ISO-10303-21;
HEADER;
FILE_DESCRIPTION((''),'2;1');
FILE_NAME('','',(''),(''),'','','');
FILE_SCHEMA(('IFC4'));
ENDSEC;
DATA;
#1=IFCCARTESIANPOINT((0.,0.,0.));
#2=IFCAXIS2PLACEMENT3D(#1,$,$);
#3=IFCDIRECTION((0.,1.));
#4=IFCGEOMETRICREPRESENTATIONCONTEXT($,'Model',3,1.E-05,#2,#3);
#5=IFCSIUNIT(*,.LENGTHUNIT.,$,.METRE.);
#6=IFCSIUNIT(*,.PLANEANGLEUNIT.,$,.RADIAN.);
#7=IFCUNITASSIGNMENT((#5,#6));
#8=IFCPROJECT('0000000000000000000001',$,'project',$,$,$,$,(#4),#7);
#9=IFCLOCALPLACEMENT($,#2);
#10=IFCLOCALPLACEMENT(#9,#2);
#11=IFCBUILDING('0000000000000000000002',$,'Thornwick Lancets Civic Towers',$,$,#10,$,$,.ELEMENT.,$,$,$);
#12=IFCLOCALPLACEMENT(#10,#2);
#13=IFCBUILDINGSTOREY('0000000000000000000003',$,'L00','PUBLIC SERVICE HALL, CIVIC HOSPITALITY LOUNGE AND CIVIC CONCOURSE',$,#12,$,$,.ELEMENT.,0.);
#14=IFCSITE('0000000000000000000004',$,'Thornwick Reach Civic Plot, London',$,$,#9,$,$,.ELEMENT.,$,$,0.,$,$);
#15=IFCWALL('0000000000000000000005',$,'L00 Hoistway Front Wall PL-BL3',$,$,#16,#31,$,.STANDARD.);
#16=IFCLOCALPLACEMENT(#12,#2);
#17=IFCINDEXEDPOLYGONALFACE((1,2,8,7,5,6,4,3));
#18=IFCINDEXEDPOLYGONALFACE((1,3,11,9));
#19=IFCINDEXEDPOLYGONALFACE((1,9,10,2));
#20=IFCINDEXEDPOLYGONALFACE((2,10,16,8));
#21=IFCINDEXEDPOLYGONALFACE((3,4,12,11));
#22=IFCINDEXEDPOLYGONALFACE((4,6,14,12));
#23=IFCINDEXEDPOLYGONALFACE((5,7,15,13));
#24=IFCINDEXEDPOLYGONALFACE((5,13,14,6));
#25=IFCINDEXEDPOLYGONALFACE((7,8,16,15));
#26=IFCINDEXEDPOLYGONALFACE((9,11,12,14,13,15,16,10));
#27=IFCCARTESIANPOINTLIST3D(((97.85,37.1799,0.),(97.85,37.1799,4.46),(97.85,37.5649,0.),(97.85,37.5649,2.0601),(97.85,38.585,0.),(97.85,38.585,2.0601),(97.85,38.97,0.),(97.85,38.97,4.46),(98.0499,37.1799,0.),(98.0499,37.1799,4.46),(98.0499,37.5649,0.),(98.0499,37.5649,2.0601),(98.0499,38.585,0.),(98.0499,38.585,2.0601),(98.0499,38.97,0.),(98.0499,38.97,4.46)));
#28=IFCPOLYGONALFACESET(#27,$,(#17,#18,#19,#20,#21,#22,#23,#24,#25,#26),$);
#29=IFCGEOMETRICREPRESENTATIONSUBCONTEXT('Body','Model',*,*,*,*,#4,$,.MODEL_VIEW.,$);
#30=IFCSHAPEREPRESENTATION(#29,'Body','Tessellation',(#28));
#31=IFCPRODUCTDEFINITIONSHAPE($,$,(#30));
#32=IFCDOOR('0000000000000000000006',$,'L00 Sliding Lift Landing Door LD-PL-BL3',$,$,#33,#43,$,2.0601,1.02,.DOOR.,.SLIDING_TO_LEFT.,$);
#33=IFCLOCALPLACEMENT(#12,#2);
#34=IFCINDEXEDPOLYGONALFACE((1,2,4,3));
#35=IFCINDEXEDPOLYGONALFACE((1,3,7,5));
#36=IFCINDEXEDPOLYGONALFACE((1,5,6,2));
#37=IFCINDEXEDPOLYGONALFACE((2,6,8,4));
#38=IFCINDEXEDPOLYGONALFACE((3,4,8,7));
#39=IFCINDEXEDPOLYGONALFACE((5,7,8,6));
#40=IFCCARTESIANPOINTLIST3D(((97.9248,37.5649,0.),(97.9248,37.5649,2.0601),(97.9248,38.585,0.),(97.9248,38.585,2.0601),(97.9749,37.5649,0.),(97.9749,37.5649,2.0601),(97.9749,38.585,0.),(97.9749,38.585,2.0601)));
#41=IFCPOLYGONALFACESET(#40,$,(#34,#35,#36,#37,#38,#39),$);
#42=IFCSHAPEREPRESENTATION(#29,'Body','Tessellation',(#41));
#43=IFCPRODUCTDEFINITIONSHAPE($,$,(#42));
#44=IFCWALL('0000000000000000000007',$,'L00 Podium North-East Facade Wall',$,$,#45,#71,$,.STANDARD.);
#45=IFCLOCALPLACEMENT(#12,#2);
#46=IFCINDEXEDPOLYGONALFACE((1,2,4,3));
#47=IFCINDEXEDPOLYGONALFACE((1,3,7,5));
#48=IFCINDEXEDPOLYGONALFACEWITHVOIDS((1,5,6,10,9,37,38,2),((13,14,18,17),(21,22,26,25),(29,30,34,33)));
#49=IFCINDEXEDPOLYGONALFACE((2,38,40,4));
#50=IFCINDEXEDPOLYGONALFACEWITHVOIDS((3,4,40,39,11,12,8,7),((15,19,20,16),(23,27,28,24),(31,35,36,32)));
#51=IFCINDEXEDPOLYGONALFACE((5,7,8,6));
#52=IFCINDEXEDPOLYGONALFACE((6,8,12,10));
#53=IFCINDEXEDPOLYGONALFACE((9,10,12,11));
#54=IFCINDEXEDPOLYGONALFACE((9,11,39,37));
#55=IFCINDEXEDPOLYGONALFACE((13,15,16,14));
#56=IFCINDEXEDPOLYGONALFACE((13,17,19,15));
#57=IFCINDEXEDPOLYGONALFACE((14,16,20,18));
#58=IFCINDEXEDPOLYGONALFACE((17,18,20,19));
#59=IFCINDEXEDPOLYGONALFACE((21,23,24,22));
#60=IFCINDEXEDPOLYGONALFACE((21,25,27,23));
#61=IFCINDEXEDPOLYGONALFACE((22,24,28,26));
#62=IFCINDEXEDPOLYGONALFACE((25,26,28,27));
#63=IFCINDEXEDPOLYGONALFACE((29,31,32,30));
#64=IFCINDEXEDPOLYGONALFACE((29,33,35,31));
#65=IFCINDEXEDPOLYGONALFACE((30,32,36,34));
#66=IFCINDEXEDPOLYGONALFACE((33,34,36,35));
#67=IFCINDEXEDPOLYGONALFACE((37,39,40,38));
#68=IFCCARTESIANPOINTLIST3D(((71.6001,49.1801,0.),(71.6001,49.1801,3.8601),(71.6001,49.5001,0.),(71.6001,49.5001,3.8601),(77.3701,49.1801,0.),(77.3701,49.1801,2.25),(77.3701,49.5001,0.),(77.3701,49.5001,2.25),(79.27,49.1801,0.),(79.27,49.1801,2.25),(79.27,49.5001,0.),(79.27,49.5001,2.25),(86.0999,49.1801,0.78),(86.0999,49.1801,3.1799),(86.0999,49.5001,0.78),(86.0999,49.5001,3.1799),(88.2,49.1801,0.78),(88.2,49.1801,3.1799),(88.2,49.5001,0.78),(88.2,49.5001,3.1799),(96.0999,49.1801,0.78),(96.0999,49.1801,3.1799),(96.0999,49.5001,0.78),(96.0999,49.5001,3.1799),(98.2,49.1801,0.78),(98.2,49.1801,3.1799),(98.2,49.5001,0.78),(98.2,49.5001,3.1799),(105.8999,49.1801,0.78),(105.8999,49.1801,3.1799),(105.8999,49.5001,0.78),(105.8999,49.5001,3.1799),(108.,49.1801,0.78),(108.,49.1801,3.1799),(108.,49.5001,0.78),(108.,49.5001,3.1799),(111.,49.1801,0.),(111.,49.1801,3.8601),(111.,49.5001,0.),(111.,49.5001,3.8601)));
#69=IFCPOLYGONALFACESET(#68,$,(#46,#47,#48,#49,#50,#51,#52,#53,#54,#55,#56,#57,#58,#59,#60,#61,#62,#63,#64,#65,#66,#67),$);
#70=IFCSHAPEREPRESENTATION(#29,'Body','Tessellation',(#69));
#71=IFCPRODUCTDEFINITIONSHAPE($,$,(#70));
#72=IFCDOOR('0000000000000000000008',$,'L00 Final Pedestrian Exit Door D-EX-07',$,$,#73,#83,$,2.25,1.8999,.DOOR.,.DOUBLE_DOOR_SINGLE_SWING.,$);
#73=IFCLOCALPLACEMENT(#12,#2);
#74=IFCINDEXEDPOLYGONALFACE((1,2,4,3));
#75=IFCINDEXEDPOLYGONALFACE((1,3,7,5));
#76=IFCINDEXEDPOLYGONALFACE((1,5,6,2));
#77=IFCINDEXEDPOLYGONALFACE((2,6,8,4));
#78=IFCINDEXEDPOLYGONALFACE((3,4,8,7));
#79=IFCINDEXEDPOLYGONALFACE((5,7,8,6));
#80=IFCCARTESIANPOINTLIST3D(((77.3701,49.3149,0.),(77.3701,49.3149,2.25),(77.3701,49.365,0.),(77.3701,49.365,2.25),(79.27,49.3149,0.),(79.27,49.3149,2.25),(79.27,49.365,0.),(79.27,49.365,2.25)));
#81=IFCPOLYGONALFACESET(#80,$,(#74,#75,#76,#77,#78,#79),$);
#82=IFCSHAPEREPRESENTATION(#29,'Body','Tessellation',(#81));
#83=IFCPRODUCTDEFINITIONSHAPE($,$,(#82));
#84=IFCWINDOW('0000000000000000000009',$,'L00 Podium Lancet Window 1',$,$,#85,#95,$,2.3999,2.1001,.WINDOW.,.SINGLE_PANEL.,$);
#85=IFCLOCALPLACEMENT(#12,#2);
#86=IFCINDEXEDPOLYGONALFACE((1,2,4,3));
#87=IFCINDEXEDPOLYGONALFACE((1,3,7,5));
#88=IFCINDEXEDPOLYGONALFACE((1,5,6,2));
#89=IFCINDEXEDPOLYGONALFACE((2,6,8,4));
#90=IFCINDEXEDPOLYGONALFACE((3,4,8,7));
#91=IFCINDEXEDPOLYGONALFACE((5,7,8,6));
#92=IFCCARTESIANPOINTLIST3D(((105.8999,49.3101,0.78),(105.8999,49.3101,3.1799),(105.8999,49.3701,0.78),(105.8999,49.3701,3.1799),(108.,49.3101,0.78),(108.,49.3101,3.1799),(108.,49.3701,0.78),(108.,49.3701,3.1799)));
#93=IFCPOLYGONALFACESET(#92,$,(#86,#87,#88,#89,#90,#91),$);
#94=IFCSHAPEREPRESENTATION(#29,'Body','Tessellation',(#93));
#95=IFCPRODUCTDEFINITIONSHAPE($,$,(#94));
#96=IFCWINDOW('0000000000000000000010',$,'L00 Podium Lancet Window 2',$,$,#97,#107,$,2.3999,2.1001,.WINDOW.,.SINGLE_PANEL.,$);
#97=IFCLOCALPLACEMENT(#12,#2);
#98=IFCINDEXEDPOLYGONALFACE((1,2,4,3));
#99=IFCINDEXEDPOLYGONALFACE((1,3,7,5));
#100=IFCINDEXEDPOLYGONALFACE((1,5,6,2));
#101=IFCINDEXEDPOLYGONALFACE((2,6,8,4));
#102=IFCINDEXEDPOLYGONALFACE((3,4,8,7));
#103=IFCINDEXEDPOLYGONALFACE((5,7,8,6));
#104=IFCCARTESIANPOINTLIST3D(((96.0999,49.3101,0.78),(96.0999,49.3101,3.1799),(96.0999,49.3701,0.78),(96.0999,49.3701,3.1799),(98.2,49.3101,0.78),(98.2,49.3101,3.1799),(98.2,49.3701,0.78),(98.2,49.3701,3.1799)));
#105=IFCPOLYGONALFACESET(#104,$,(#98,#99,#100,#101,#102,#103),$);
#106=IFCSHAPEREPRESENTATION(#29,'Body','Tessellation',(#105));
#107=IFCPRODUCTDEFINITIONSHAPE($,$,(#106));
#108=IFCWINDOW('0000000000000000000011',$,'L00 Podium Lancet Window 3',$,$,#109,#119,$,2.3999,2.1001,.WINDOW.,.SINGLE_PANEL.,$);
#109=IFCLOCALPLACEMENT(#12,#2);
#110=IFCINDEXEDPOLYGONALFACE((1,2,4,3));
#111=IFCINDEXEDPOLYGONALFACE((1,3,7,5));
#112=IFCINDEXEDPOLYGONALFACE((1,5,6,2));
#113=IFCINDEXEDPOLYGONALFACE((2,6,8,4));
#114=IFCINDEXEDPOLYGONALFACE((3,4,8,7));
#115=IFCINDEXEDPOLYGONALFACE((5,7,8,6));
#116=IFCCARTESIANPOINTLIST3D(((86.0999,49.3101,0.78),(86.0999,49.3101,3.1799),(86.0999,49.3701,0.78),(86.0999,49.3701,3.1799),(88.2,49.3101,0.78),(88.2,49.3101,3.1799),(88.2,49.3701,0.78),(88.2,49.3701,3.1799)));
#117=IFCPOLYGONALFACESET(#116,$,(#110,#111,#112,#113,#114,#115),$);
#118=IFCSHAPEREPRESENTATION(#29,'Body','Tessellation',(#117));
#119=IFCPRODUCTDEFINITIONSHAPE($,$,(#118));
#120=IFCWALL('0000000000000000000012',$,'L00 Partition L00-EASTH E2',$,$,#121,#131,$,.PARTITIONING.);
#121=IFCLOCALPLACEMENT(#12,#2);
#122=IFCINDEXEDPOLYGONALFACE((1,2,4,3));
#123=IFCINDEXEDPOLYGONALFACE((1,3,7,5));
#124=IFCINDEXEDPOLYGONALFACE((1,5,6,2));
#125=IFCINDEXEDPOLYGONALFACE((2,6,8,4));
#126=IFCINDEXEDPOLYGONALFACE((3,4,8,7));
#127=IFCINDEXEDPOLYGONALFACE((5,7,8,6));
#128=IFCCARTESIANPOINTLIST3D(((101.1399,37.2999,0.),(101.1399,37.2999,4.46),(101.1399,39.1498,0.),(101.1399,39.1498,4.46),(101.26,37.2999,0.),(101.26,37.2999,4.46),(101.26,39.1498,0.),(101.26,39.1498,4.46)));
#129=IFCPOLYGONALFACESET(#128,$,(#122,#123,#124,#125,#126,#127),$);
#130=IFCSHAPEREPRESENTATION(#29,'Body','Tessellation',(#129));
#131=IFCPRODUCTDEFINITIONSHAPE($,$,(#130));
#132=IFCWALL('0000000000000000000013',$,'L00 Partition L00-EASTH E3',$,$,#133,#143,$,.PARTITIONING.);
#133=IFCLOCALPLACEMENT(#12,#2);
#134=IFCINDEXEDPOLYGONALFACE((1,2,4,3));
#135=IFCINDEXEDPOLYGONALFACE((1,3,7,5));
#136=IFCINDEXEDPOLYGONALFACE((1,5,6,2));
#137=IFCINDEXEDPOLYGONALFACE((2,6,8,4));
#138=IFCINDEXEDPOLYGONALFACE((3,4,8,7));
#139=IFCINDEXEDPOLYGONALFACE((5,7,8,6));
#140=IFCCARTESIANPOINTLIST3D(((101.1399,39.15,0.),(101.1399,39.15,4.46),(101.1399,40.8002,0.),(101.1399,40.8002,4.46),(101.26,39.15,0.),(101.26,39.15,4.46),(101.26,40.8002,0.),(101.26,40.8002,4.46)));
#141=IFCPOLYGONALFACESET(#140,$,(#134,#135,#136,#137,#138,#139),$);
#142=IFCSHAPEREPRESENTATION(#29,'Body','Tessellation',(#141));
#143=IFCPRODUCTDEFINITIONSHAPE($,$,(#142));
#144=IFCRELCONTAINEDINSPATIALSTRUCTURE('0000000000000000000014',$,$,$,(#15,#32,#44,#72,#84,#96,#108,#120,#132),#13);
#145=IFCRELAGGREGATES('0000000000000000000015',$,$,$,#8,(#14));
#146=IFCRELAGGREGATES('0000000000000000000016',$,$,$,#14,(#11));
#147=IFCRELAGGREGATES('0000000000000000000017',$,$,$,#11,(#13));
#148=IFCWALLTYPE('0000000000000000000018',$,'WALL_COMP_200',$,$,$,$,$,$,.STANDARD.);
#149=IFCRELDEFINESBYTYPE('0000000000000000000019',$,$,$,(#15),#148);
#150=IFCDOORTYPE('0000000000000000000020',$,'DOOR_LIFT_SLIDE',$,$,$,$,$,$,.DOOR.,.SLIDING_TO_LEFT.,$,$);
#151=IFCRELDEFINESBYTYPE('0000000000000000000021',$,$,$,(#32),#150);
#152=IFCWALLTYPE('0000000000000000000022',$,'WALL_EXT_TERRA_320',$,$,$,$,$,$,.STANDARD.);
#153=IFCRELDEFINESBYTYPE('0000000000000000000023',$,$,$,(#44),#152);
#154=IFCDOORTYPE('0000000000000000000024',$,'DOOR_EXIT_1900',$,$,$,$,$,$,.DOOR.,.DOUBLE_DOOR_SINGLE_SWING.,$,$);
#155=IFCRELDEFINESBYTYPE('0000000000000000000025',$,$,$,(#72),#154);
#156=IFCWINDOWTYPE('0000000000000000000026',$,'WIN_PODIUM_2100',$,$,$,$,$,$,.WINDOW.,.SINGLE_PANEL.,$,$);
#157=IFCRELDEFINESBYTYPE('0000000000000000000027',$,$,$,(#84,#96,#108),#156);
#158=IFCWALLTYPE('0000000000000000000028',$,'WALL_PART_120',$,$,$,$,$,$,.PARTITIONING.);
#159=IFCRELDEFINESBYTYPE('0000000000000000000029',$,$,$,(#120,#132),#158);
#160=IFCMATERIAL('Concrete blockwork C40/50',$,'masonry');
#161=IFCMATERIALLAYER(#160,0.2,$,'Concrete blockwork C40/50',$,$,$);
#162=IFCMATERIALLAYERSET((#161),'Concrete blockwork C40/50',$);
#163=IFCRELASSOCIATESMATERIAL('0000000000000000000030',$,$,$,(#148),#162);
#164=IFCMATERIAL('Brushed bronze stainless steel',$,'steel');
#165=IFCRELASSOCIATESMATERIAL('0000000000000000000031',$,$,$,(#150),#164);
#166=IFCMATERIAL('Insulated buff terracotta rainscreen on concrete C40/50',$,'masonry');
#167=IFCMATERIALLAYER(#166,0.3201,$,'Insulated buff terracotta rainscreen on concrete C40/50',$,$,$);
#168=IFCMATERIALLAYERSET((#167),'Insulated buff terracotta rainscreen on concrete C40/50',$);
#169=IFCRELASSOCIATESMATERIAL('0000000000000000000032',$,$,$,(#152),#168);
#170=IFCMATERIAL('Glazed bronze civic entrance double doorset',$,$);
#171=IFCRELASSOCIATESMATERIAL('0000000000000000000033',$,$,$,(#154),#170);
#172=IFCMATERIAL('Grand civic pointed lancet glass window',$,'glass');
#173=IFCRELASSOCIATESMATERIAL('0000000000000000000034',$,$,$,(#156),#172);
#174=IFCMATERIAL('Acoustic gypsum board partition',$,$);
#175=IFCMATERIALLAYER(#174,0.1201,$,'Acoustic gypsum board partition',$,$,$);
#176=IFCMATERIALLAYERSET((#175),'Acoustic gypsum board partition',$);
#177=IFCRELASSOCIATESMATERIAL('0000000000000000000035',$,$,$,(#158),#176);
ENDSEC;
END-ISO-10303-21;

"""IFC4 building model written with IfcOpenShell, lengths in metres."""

from ifc_helpers import new_model, si_unit, direction, frame, frame_2d, origin, place, context, subcontext, project, spatial, rectangle, extrude, material, layer, layer_set, type_object, element, fill, save


model = new_model("IFC4")

# Units and contexts
model_context = context("Model", 3, precision=1e-05, world=origin(), true_north=direction((0.0, 1.0)))
body_context = subcontext(model_context, "Body", "Model", "MODEL_VIEW")
ifc_project = project(units=[si_unit("LENGTHUNIT", "METRE"), si_unit("PLANEANGLEUNIT", "RADIAN")], contexts=[model_context])

# Site, building, storey
site_placement = place(None, origin())
site = spatial("IfcSite", under=ifc_project, at=site_placement, Name="Thornwick Reach Civic Plot, London", CompositionType="ELEMENT", RefElevation=0.0)
building_placement = place(site_placement, origin())
building = spatial("IfcBuilding", under=site, at=building_placement, Name="Thornwick Lancets Civic Towers", CompositionType="ELEMENT")
storey_placement = place(building_placement, origin())
storey = spatial("IfcBuildingStorey", under=building, at=storey_placement, Name="L00", Description="PUBLIC SERVICE HALL, CIVIC HOSPITALITY LOUNGE AND CIVIC CONCOURSE", CompositionType="ELEMENT", Elevation=0.0)

# Wall, opening, door
ifc_material_1 = material(Name="Concrete blockwork C40/50", Category="masonry")
ifc_layer_1 = layer(ifc_material_1, 0.2, Name="Concrete blockwork C40/50")
ifc_layer_set_1 = layer_set([ifc_layer_1], Name="Concrete blockwork C40/50")
wall_type_1 = type_object("IfcWallType", Name="WALL_COMP_200", PredefinedType="STANDARD", material=ifc_layer_set_1)
ifc_material_2 = material(Name="Brushed bronze stainless steel", Category="steel")
door_type_1 = type_object("IfcDoorType", Name="DOOR_LIFT_SLIDE", OperationType="SLIDING_TO_LEFT", PredefinedType="DOOR", material=ifc_material_2)
wall_1_placement = place(storey_placement, frame((97.95, 38.97, 0.0), z_axis=(0.0, 0.0, 1.0), x_axis=(0.0, -1.0, 0.0)))
wall_1 = element("IfcWall", 1, at=wall_1_placement, inside=storey, type_object=wall_type_1, Name="L00 Hoistway Front Wall PL-BL3", PredefinedType="STANDARD", context=body_context, shape_type="SweptSolid", body=[
    extrude(rectangle(XDim=1.79, YDim=0.2, at=frame_2d((0.895, 0.0))), origin(), (0.0, 0.0, 1.0), 4.46),
])
opening_1_placement = place(wall_1_placement, frame((0.385, 0.0, 0.0)))
opening_1 = element("IfcOpeningElement", 2, at=opening_1_placement, cuts=wall_1, PredefinedType="OPENING", context=body_context, shape_type="SweptSolid", body=[
    extrude(rectangle(XDim=1.02, YDim=2.0601, at=frame_2d((0.51, 1.03))), frame((0.0, 0.1099, 0.0), z_axis=(0.0, -1.0, 0.0), x_axis=(1.0, 0.0, 0.0)), (0.0, 0.0, 1.0), 0.22),
])
door_1_placement = place(opening_1_placement, origin())
door_1 = element("IfcDoor", 3, at=door_1_placement, inside=storey, type_object=door_type_1, Name="L00 Sliding Lift Landing Door LD-PL-BL3", OperationType="SLIDING_TO_LEFT", OverallHeight=2.0601, OverallWidth=1.02, PredefinedType="DOOR", context=body_context, shape_type="SweptSolid", body=[
    extrude(rectangle(XDim=1.02, YDim=2.0601, at=frame_2d((0.51, 1.03))), frame((0.0, 0.0249, 0.0), z_axis=(0.0, -1.0, 0.0), x_axis=(1.0, 0.0, 0.0)), (0.0, 0.0, 1.0), 0.05),
])
fill(opening_1, door_1)

# Wall, openings, door, windows
ifc_material_3 = material(Name="Insulated buff terracotta rainscreen on concrete C40/50", Category="masonry")
ifc_layer_2 = layer(ifc_material_3, 0.3201, Name="Insulated buff terracotta rainscreen on concrete C40/50")
ifc_layer_set_2 = layer_set([ifc_layer_2], Name="Insulated buff terracotta rainscreen on concrete C40/50")
wall_type_2 = type_object("IfcWallType", Name="WALL_EXT_TERRA_320", PredefinedType="STANDARD", material=ifc_layer_set_2)
wall_2_placement = place(storey_placement, frame((111.0, 49.3401, 0.0), z_axis=(0.0, 0.0, 1.0), x_axis=(-1.0, 0.0, 0.0)))
wall_2 = element("IfcWall", 4, at=wall_2_placement, inside=storey, type_object=wall_type_2, Name="L00 Podium North-East Facade Wall", PredefinedType="STANDARD", context=body_context, shape_type="SweptSolid", body=[
    extrude(rectangle(XDim=39.3999, YDim=0.3201, at=frame_2d((19.7, 0.0))), origin(), (0.0, 0.0, 1.0), 3.8601),
])
opening_2_placement = place(wall_2_placement, frame((33.6299, 0.0, 0.0), z_axis=(0.0, 0.0, 1.0), x_axis=(-1.0, 0.0, 0.0)))
opening_2 = element("IfcOpeningElement", 5, at=opening_2_placement, cuts=wall_2, PredefinedType="OPENING", context=body_context, shape_type="SweptSolid", body=[
    extrude(rectangle(XDim=1.8999, YDim=2.25, at=frame_2d((0.95, 1.125))), frame((0.0, 0.1699, 0.0), z_axis=(0.0, -1.0, 0.0), x_axis=(1.0, 0.0, 0.0)), (0.0, 0.0, 1.0), 0.3401),
])
opening_3_placement = place(wall_2_placement, frame((3.0, 0.0, 0.78)))
opening_3 = element("IfcOpeningElement", 6, at=opening_3_placement, cuts=wall_2, PredefinedType="OPENING", context=body_context, shape_type="SweptSolid", body=[
    extrude(rectangle(XDim=2.1001, YDim=2.3999, at=frame_2d((1.05, 1.2))), frame((0.0, 0.1699, 0.0), z_axis=(0.0, -1.0, 0.0), x_axis=(1.0, 0.0, 0.0)), (0.0, 0.0, 1.0), 0.3401),
])
opening_4_placement = place(wall_2_placement, frame((12.8, 0.0, 0.78)))
opening_4 = element("IfcOpeningElement", 7, at=opening_4_placement, cuts=wall_2, PredefinedType="OPENING", context=body_context, shape_type="SweptSolid", body=[
    extrude(rectangle(XDim=2.1001, YDim=2.3999, at=frame_2d((1.05, 1.2))), frame((0.0, 0.1699, 0.0), z_axis=(0.0, -1.0, 0.0), x_axis=(1.0, 0.0, 0.0)), (0.0, 0.0, 1.0), 0.3401),
])
opening_5_placement = place(wall_2_placement, frame((22.8, 0.0, 0.78)))
opening_5 = element("IfcOpeningElement", 8, at=opening_5_placement, cuts=wall_2, PredefinedType="OPENING", context=body_context, shape_type="SweptSolid", body=[
    extrude(rectangle(XDim=2.1001, YDim=2.3999, at=frame_2d((1.05, 1.2))), frame((0.0, 0.1699, 0.0), z_axis=(0.0, -1.0, 0.0), x_axis=(1.0, 0.0, 0.0)), (0.0, 0.0, 1.0), 0.3401),
])
ifc_material_4 = material(Name="Glazed bronze civic entrance double doorset")
door_type_2 = type_object("IfcDoorType", Name="DOOR_EXIT_1900", OperationType="DOUBLE_DOOR_SINGLE_SWING", PredefinedType="DOOR", material=ifc_material_4)
door_2_placement = place(opening_2_placement, origin())
door_2 = element("IfcDoor", 9, at=door_2_placement, inside=storey, type_object=door_type_2, Name="L00 Final Pedestrian Exit Door D-EX-07", OperationType="DOUBLE_DOOR_SINGLE_SWING", OverallHeight=2.25, OverallWidth=1.8999, PredefinedType="DOOR", context=body_context, shape_type="SweptSolid", body=[
    extrude(rectangle(XDim=1.8999, YDim=2.25, at=frame_2d((0.95, 1.125))), frame((0.0, 0.0249, 0.0), z_axis=(0.0, -1.0, 0.0), x_axis=(1.0, 0.0, 0.0)), (0.0, 0.0, 1.0), 0.05),
])
fill(opening_2, door_2)
ifc_material_5 = material(Name="Grand civic pointed lancet glass window", Category="glass")
window_type = type_object("IfcWindowType", Name="WIN_PODIUM_2100", PartitioningType="SINGLE_PANEL", PredefinedType="WINDOW", material=ifc_material_5)
window_1_placement = place(opening_3_placement, origin())
window_1 = element("IfcWindow", 10, at=window_1_placement, inside=storey, type_object=window_type, Name="L00 Podium Lancet Window 1", OverallHeight=2.3999, OverallWidth=2.1001, PartitioningType="SINGLE_PANEL", PredefinedType="WINDOW", context=body_context, shape_type="SweptSolid", body=[
    extrude(rectangle(XDim=2.1001, YDim=2.3999, at=frame_2d((1.05, 1.2))), frame((0.0, 0.03, 0.0), z_axis=(0.0, -1.0, 0.0), x_axis=(1.0, 0.0, 0.0)), (0.0, 0.0, 1.0), 0.0601),
])
fill(opening_3, window_1)
window_2_placement = place(opening_4_placement, origin())
window_2 = element("IfcWindow", 11, at=window_2_placement, inside=storey, type_object=window_type, Name="L00 Podium Lancet Window 2", OverallHeight=2.3999, OverallWidth=2.1001, PartitioningType="SINGLE_PANEL", PredefinedType="WINDOW", context=body_context, shape_type="SweptSolid", body=[
    extrude(rectangle(XDim=2.1001, YDim=2.3999, at=frame_2d((1.05, 1.2))), frame((0.0, 0.03, 0.0), z_axis=(0.0, -1.0, 0.0), x_axis=(1.0, 0.0, 0.0)), (0.0, 0.0, 1.0), 0.0601),
])
fill(opening_4, window_2)
window_3_placement = place(opening_5_placement, origin())
window_3 = element("IfcWindow", 12, at=window_3_placement, inside=storey, type_object=window_type, Name="L00 Podium Lancet Window 3", OverallHeight=2.3999, OverallWidth=2.1001, PartitioningType="SINGLE_PANEL", PredefinedType="WINDOW", context=body_context, shape_type="SweptSolid", body=[
    extrude(rectangle(XDim=2.1001, YDim=2.3999, at=frame_2d((1.05, 1.2))), frame((0.0, 0.03, 0.0), z_axis=(0.0, -1.0, 0.0), x_axis=(1.0, 0.0, 0.0)), (0.0, 0.0, 1.0), 0.0601),
])
fill(opening_5, window_3)

# Walls
ifc_material_6 = material(Name="Acoustic gypsum board partition")
ifc_layer_3 = layer(ifc_material_6, 0.1201, Name="Acoustic gypsum board partition")
ifc_layer_set_3 = layer_set([ifc_layer_3], Name="Acoustic gypsum board partition")
wall_type_3 = type_object("IfcWallType", Name="WALL_PART_120", PredefinedType="PARTITIONING", material=ifc_layer_set_3)
wall_3_placement = place(storey_placement, frame((101.2, 37.3, 0.0), z_axis=(0.0, 0.0, 1.0), x_axis=(0.0, 1.0, 0.0)))
element("IfcWall", 13, at=wall_3_placement, inside=storey, type_object=wall_type_3, Name="L00 Partition L00-EASTH E2", PredefinedType="PARTITIONING", context=body_context, shape_type="SweptSolid", body=[
    extrude(rectangle(XDim=1.8499, YDim=0.1201, at=frame_2d((0.9248, 0.0))), origin(), (0.0, 0.0, 1.0), 4.46),
])
wall_4_placement = place(storey_placement, frame((101.2, 39.1499, 0.0), z_axis=(0.0, 0.0, 1.0), x_axis=(0.0, 1.0, 0.0)))
element("IfcWall", 14, at=wall_4_placement, inside=storey, type_object=wall_type_3, Name="L00 Partition L00-EASTH E3", PredefinedType="PARTITIONING", context=body_context, shape_type="SweptSolid", body=[
    extrude(rectangle(XDim=1.6501, YDim=0.1201, at=frame_2d((0.8252, 0.0))), origin(), (0.0, 0.0, 1.0), 4.46),
])

save(model, "model.ifc")
